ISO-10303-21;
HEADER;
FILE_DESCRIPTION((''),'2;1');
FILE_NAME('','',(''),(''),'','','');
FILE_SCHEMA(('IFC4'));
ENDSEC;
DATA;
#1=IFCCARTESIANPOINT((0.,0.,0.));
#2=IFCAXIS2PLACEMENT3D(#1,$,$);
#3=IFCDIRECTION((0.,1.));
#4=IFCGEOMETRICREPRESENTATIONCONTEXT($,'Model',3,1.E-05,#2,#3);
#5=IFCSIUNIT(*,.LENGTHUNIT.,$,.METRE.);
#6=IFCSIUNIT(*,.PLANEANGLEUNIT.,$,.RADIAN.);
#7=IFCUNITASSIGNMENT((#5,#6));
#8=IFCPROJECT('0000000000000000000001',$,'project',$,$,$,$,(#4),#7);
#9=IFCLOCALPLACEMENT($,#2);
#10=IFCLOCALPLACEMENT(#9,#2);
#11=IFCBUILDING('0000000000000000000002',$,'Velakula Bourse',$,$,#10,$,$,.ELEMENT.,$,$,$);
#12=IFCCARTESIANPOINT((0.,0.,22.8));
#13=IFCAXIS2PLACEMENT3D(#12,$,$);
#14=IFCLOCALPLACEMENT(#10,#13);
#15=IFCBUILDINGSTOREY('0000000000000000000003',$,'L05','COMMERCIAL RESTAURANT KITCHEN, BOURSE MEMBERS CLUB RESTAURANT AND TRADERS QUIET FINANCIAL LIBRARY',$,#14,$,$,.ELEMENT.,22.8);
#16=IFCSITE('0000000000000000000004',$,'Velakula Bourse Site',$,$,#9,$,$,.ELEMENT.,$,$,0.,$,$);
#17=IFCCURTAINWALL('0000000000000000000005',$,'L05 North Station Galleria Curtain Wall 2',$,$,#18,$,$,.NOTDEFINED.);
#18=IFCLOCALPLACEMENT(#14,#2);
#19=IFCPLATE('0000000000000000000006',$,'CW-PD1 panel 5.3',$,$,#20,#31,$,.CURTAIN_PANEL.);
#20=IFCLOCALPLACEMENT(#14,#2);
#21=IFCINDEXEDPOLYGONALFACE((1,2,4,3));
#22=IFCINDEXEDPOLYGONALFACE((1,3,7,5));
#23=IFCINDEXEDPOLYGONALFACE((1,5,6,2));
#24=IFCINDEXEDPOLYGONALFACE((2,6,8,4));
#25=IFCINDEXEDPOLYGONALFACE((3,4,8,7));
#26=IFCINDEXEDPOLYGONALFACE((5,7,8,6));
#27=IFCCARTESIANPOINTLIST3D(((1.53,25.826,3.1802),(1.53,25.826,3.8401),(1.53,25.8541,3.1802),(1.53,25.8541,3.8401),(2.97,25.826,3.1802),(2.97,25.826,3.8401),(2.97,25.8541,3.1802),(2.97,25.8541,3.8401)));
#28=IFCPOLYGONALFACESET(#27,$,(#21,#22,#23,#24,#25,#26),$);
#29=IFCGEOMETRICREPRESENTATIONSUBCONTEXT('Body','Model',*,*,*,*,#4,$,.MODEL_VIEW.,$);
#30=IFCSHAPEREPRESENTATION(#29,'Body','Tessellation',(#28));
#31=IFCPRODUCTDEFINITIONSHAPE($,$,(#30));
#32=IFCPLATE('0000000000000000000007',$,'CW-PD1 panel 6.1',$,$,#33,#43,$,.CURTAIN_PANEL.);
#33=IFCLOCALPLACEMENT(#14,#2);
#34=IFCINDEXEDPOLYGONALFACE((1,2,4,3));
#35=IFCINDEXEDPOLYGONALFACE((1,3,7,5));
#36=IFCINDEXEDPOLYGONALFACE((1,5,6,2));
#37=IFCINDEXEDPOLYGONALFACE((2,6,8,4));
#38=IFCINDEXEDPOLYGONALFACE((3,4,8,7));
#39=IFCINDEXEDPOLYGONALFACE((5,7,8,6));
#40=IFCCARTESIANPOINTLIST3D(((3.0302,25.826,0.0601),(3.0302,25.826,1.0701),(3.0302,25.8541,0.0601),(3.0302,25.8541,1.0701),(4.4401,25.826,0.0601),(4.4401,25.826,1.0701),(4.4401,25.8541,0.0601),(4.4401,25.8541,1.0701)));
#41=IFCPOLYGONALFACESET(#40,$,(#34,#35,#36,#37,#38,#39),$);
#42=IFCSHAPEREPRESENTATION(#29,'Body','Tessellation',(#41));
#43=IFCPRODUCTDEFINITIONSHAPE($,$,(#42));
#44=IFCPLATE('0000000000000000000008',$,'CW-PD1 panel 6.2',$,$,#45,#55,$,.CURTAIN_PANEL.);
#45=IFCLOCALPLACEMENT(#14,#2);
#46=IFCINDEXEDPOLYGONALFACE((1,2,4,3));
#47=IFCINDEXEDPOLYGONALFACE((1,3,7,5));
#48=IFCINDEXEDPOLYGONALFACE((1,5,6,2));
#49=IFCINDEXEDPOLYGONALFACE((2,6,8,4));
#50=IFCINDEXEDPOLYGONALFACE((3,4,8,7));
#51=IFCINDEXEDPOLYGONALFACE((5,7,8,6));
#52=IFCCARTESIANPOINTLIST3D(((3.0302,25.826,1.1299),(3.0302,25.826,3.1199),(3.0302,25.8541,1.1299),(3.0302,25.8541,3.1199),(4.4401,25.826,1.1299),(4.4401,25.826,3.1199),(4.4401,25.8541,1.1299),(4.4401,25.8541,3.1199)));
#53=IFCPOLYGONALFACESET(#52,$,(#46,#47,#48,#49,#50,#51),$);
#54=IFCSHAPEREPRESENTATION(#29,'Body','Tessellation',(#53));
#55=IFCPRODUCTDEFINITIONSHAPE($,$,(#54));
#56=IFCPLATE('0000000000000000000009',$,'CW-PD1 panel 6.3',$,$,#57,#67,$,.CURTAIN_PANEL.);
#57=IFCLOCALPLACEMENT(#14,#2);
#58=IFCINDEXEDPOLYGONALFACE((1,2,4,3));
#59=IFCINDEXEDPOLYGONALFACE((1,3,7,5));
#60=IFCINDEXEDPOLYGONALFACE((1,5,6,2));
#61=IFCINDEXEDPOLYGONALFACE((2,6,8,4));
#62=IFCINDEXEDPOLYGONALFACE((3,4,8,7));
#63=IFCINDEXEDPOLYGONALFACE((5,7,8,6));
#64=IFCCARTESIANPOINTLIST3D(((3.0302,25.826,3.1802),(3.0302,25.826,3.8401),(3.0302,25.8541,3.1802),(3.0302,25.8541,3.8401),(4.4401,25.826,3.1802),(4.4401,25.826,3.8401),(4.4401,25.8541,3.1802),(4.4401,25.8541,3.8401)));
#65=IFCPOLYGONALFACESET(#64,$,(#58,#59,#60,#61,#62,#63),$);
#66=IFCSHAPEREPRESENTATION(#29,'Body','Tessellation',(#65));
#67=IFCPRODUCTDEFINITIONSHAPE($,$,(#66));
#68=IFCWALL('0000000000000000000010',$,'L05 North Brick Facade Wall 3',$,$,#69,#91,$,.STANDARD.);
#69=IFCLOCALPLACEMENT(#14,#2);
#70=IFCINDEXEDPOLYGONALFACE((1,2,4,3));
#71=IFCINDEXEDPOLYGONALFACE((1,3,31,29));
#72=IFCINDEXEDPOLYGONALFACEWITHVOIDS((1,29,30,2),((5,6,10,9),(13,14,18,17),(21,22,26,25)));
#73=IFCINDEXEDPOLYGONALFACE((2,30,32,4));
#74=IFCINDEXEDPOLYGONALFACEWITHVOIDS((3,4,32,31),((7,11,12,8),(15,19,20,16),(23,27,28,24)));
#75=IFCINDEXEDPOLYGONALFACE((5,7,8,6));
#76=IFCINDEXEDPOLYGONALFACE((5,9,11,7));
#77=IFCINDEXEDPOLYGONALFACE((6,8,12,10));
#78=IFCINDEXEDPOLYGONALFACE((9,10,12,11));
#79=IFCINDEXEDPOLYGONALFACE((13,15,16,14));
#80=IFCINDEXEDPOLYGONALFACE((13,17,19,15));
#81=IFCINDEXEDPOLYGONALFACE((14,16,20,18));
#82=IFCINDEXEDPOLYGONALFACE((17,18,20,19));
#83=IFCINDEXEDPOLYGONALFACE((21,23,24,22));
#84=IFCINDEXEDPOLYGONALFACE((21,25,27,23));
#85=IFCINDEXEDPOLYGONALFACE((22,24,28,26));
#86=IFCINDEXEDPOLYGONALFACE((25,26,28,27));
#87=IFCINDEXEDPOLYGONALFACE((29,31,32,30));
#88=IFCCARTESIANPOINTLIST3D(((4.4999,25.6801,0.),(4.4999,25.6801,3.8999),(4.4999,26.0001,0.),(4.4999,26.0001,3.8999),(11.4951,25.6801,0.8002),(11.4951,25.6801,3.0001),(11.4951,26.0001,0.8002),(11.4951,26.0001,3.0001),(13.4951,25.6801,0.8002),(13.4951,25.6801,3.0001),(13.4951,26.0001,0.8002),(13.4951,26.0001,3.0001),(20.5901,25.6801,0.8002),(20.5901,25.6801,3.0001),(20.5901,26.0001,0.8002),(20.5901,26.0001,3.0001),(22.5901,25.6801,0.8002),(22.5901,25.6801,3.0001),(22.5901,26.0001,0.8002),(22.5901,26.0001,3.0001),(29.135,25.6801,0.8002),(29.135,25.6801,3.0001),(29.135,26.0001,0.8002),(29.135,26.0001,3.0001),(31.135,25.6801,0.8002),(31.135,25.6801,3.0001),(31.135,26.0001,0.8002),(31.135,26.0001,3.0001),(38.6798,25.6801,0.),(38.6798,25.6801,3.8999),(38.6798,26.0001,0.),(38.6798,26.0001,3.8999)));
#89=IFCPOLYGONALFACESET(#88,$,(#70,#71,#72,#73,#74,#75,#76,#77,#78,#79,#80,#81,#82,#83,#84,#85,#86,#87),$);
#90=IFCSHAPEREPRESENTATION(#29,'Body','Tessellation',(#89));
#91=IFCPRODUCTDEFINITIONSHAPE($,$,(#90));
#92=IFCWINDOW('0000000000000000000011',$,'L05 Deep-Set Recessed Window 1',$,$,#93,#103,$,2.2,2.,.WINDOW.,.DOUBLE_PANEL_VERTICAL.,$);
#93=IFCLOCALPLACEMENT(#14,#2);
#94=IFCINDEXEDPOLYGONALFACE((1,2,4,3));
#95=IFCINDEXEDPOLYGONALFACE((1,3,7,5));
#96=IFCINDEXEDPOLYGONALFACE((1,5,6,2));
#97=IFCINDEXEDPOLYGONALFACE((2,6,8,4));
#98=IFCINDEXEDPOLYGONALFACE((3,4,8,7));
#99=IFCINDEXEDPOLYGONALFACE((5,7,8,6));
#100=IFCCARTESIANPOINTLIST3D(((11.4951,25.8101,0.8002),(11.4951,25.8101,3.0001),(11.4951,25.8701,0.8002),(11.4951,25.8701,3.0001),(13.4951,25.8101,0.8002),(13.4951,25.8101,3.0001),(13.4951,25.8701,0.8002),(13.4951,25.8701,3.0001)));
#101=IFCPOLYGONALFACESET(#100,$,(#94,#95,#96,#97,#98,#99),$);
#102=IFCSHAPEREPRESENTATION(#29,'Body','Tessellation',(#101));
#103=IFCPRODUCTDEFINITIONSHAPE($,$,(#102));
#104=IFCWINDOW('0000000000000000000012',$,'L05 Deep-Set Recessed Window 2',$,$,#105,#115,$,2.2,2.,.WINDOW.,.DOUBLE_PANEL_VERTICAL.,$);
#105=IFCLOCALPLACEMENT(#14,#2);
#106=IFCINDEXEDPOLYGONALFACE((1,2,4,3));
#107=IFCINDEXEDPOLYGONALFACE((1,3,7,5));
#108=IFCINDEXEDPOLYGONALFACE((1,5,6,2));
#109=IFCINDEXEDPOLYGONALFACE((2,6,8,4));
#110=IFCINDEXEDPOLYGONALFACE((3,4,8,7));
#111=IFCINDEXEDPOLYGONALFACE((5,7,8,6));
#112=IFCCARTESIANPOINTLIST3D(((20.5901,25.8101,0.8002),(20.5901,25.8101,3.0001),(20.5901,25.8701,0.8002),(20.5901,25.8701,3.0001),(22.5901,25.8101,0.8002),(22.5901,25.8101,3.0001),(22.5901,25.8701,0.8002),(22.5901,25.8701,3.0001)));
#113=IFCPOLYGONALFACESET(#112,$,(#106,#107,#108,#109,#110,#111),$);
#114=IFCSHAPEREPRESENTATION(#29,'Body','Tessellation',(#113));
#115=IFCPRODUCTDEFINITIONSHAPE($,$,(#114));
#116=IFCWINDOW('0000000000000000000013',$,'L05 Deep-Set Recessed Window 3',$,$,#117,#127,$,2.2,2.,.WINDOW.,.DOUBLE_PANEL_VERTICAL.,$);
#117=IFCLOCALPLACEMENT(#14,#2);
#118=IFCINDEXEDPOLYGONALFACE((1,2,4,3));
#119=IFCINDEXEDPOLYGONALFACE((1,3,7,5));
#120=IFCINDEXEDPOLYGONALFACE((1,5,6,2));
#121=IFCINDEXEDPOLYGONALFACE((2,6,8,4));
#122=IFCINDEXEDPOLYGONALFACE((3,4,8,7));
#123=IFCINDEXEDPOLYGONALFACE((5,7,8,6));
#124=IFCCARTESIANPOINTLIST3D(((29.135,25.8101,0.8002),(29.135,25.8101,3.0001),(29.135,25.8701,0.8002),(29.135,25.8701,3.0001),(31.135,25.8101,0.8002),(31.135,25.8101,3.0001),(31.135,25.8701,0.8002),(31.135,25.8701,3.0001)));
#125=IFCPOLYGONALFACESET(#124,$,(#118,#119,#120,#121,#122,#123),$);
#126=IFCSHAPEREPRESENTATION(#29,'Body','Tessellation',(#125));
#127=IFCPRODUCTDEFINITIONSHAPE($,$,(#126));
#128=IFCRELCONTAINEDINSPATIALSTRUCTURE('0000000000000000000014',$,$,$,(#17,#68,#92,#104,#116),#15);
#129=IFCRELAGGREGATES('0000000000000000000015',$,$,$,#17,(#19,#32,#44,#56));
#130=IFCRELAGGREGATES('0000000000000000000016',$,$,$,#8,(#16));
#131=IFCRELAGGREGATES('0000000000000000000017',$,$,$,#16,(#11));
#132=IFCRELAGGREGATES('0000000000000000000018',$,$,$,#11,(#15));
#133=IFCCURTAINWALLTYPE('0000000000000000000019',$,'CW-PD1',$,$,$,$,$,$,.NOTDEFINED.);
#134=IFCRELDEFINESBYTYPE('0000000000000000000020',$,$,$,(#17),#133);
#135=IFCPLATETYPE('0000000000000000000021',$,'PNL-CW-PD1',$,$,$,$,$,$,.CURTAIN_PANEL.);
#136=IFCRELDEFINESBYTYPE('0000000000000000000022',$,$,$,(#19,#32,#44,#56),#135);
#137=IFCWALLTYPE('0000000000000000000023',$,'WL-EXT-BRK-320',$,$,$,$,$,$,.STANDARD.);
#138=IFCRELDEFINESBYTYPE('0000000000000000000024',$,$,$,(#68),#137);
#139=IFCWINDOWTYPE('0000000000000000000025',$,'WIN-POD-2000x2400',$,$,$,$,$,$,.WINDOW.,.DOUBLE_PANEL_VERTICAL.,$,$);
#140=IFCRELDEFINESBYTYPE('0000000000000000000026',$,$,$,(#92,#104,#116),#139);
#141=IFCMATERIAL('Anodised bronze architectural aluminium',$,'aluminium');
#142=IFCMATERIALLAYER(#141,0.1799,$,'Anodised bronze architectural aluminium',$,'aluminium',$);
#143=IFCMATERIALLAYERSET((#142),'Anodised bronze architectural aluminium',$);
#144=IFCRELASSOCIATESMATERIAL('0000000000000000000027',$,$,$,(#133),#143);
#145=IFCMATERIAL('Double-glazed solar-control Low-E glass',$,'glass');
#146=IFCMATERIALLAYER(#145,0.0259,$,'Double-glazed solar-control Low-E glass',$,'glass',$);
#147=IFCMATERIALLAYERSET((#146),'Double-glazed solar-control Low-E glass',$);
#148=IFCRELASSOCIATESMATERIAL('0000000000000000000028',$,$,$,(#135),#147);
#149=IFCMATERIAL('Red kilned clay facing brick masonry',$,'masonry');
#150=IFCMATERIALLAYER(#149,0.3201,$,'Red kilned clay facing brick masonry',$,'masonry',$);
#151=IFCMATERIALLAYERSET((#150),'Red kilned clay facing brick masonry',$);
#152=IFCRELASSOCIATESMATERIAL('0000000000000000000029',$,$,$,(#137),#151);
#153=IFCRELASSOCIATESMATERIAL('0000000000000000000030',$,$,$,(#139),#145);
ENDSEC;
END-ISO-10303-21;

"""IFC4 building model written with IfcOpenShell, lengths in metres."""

from ifc_helpers import new_model, si_unit, direction, frame, frame_2d, origin, origin_2d, place, context, subcontext, project, spatial, rectangle, extrude, material, layer, layer_set, type_object, element, fill, aggregate, save


model = new_model("IFC4")

# Units and contexts
model_context = context("Model", 3, precision=1e-05, world=origin(), true_north=direction((0.0, 1.0)))
body_context = subcontext(model_context, "Body", "Model", "MODEL_VIEW")
ifc_project = project(units=[si_unit("LENGTHUNIT", "METRE"), si_unit("PLANEANGLEUNIT", "RADIAN")], contexts=[model_context])

# Site, building, storey
site_placement = place(None, origin())
site = spatial("IfcSite", under=ifc_project, at=site_placement, Name="Velakula Bourse Site", CompositionType="ELEMENT", RefElevation=0.0)
building_placement = place(site_placement, origin())
building = spatial("IfcBuilding", under=site, at=building_placement, Name="Velakula Bourse", CompositionType="ELEMENT")
storey_placement = place(building_placement, frame((0.0, 0.0, 22.8)))
storey = spatial("IfcBuildingStorey", under=building, at=storey_placement, Name="L05", Description="COMMERCIAL RESTAURANT KITCHEN, BOURSE MEMBERS CLUB RESTAURANT AND TRADERS QUIET FINANCIAL LIBRARY", CompositionType="ELEMENT", Elevation=22.8)

# Curtain wall, plates
ifc_material_1 = material(Name="Anodised bronze architectural aluminium", Category="aluminium")
ifc_layer_1 = layer(ifc_material_1, 0.1799, Name="Anodised bronze architectural aluminium", Category="aluminium")
ifc_layer_set_1 = layer_set([ifc_layer_1], Name="Anodised bronze architectural aluminium")
curtain_wall_type = type_object("IfcCurtainWallType", Name="CW-PD1", PredefinedType="NOTDEFINED", material=ifc_layer_set_1)
curtain_wall_placement = place(storey_placement, origin())
curtain_wall = element("IfcCurtainWall", 1, at=curtain_wall_placement, inside=storey, type_object=curtain_wall_type, Name="L05 North Station Galleria Curtain Wall 2", PredefinedType="NOTDEFINED")
ifc_material_2 = material(Name="Double-glazed solar-control Low-E glass", Category="glass")
ifc_layer_2 = layer(ifc_material_2, 0.0259, Name="Double-glazed solar-control Low-E glass", Category="glass")
ifc_layer_set_2 = layer_set([ifc_layer_2], Name="Double-glazed solar-control Low-E glass")
plate_type = type_object("IfcPlateType", Name="PNL-CW-PD1", PredefinedType="CURTAIN_PANEL", material=ifc_layer_set_2)
plate_1_placement = place(storey_placement, frame((2.25, 25.8401, 3.1802), z_axis=(0.0, 0.0, 1.0), x_axis=(1.0, 0.0, 0.0)))
plate_1 = element("IfcPlate", 2, at=plate_1_placement, type_object=plate_type, Name="CW-PD1 panel 5.3", PredefinedType="CURTAIN_PANEL", context=body_context, shape_type="SweptSolid", body=[
    extrude(rectangle(XDim=1.4399, YDim=0.0281, at=origin_2d()), origin(), (0.0, 0.0, 1.0), 0.6599),
])
plate_2_placement = place(storey_placement, frame((3.7351, 25.8401, 0.0601), z_axis=(0.0, 0.0, 1.0), x_axis=(1.0, 0.0, 0.0)))
plate_2 = element("IfcPlate", 3, at=plate_2_placement, type_object=plate_type, Name="CW-PD1 panel 6.1", PredefinedType="CURTAIN_PANEL", context=body_context, shape_type="SweptSolid", body=[
    extrude(rectangle(XDim=1.4099, YDim=0.0281, at=origin_2d()), origin(), (0.0, 0.0, 1.0), 1.01),
])
plate_3_placement = place(storey_placement, frame((3.7351, 25.8401, 1.1299), z_axis=(0.0, 0.0, 1.0), x_axis=(1.0, 0.0, 0.0)))
plate_3 = element("IfcPlate", 4, at=plate_3_placement, type_object=plate_type, Name="CW-PD1 panel 6.2", PredefinedType="CURTAIN_PANEL", context=body_context, shape_type="SweptSolid", body=[
    extrude(rectangle(XDim=1.4099, YDim=0.0281, at=origin_2d()), origin(), (0.0, 0.0, 1.0), 1.99),
])
plate_4_placement = place(storey_placement, frame((3.7351, 25.8401, 3.1802), z_axis=(0.0, 0.0, 1.0), x_axis=(1.0, 0.0, 0.0)))
plate_4 = element("IfcPlate", 5, at=plate_4_placement, type_object=plate_type, Name="CW-PD1 panel 6.3", PredefinedType="CURTAIN_PANEL", context=body_context, shape_type="SweptSolid", body=[
    extrude(rectangle(XDim=1.4099, YDim=0.0281, at=origin_2d()), origin(), (0.0, 0.0, 1.0), 0.6599),
])
aggregate(curtain_wall, [plate_1, plate_2, plate_3, plate_4])

# Wall, openings, windows
ifc_material_3 = material(Name="Red kilned clay facing brick masonry", Category="masonry")
ifc_layer_3 = layer(ifc_material_3, 0.3201, Name="Red kilned clay facing brick masonry", Category="masonry")
ifc_layer_set_3 = layer_set([ifc_layer_3], Name="Red kilned clay facing brick masonry")
wall_type = type_object("IfcWallType", Name="WL-EXT-BRK-320", PredefinedType="STANDARD", material=ifc_layer_set_3)
wall_placement = place(storey_placement, frame((4.5, 25.8401, 0.0), z_axis=(0.0, 0.0, 1.0), x_axis=(1.0, 0.0, 0.0)))
wall = element("IfcWall", 6, at=wall_placement, inside=storey, type_object=wall_type, Name="L05 North Brick Facade Wall 3", PredefinedType="STANDARD", context=body_context, shape_type="SweptSolid", body=[
    extrude(rectangle(XDim=34.1799, YDim=0.3201, at=frame_2d((17.0898, 0.0))), origin(), (0.0, 0.0, 1.0), 3.8999),
])
opening_1_placement = place(wall_placement, frame((6.9951, 0.0, 0.8)))
opening_1 = element("IfcOpeningElement", 7, at=opening_1_placement, cuts=wall, PredefinedType="OPENING", context=body_context, shape_type="SweptSolid", body=[
    extrude(rectangle(XDim=2.0, YDim=2.2, at=frame_2d((1.0, 1.1001))), frame((0.0, 0.1699, 0.0), z_axis=(0.0, -1.0, 0.0), x_axis=(1.0, 0.0, 0.0)), (0.0, 0.0, 1.0), 0.3401),
])
opening_2_placement = place(wall_placement, frame((16.0901, 0.0, 0.8)))
opening_2 = element("IfcOpeningElement", 8, at=opening_2_placement, cuts=wall, PredefinedType="OPENING", context=body_context, shape_type="SweptSolid", body=[
    extrude(rectangle(XDim=2.0, YDim=2.2, at=frame_2d((1.0, 1.1001))), frame((0.0, 0.1699, 0.0), z_axis=(0.0, -1.0, 0.0), x_axis=(1.0, 0.0, 0.0)), (0.0, 0.0, 1.0), 0.3401),
])
opening_3_placement = place(wall_placement, frame((24.635, 0.0, 0.8)))
opening_3 = element("IfcOpeningElement", 9, at=opening_3_placement, cuts=wall, PredefinedType="OPENING", context=body_context, shape_type="SweptSolid", body=[
    extrude(rectangle(XDim=2.0, YDim=2.2, at=frame_2d((1.0, 1.1001))), frame((0.0, 0.1699, 0.0), z_axis=(0.0, -1.0, 0.0), x_axis=(1.0, 0.0, 0.0)), (0.0, 0.0, 1.0), 0.3401),
])
window_type = type_object("IfcWindowType", Name="WIN-POD-2000x2400", PartitioningType="DOUBLE_PANEL_VERTICAL", PredefinedType="WINDOW", material=ifc_material_2)
window_1_placement = place(opening_1_placement, origin())
window_1 = element("IfcWindow", 10, at=window_1_placement, inside=storey, type_object=window_type, Name="L05 Deep-Set Recessed Window 1", OverallHeight=2.2, OverallWidth=2.0, PartitioningType="DOUBLE_PANEL_VERTICAL", PredefinedType="WINDOW", context=body_context, shape_type="SweptSolid", body=[
    extrude(rectangle(XDim=2.0, YDim=2.2, at=frame_2d((1.0, 1.1001))), frame((0.0, 0.03, 0.0), z_axis=(0.0, -1.0, 0.0), x_axis=(1.0, 0.0, 0.0)), (0.0, 0.0, 1.0), 0.0601),
])
fill(opening_1, window_1)
window_2_placement = place(opening_2_placement, origin())
window_2 = element("IfcWindow", 11, at=window_2_placement, inside=storey, type_object=window_type, Name="L05 Deep-Set Recessed Window 2", OverallHeight=2.2, OverallWidth=2.0, PartitioningType="DOUBLE_PANEL_VERTICAL", PredefinedType="WINDOW", context=body_context, shape_type="SweptSolid", body=[
    extrude(rectangle(XDim=2.0, YDim=2.2, at=frame_2d((1.0, 1.1001))), frame((0.0, 0.03, 0.0), z_axis=(0.0, -1.0, 0.0), x_axis=(1.0, 0.0, 0.0)), (0.0, 0.0, 1.0), 0.0601),
])
fill(opening_2, window_2)
window_3_placement = place(opening_3_placement, origin())
window_3 = element("IfcWindow", 12, at=window_3_placement, inside=storey, type_object=window_type, Name="L05 Deep-Set Recessed Window 3", OverallHeight=2.2, OverallWidth=2.0, PartitioningType="DOUBLE_PANEL_VERTICAL", PredefinedType="WINDOW", context=body_context, shape_type="SweptSolid", body=[
    extrude(rectangle(XDim=2.0, YDim=2.2, at=frame_2d((1.0, 1.1001))), frame((0.0, 0.03, 0.0), z_axis=(0.0, -1.0, 0.0), x_axis=(1.0, 0.0, 0.0)), (0.0, 0.0, 1.0), 0.0601),
])
fill(opening_3, window_3)

save(model, "model.ifc")
